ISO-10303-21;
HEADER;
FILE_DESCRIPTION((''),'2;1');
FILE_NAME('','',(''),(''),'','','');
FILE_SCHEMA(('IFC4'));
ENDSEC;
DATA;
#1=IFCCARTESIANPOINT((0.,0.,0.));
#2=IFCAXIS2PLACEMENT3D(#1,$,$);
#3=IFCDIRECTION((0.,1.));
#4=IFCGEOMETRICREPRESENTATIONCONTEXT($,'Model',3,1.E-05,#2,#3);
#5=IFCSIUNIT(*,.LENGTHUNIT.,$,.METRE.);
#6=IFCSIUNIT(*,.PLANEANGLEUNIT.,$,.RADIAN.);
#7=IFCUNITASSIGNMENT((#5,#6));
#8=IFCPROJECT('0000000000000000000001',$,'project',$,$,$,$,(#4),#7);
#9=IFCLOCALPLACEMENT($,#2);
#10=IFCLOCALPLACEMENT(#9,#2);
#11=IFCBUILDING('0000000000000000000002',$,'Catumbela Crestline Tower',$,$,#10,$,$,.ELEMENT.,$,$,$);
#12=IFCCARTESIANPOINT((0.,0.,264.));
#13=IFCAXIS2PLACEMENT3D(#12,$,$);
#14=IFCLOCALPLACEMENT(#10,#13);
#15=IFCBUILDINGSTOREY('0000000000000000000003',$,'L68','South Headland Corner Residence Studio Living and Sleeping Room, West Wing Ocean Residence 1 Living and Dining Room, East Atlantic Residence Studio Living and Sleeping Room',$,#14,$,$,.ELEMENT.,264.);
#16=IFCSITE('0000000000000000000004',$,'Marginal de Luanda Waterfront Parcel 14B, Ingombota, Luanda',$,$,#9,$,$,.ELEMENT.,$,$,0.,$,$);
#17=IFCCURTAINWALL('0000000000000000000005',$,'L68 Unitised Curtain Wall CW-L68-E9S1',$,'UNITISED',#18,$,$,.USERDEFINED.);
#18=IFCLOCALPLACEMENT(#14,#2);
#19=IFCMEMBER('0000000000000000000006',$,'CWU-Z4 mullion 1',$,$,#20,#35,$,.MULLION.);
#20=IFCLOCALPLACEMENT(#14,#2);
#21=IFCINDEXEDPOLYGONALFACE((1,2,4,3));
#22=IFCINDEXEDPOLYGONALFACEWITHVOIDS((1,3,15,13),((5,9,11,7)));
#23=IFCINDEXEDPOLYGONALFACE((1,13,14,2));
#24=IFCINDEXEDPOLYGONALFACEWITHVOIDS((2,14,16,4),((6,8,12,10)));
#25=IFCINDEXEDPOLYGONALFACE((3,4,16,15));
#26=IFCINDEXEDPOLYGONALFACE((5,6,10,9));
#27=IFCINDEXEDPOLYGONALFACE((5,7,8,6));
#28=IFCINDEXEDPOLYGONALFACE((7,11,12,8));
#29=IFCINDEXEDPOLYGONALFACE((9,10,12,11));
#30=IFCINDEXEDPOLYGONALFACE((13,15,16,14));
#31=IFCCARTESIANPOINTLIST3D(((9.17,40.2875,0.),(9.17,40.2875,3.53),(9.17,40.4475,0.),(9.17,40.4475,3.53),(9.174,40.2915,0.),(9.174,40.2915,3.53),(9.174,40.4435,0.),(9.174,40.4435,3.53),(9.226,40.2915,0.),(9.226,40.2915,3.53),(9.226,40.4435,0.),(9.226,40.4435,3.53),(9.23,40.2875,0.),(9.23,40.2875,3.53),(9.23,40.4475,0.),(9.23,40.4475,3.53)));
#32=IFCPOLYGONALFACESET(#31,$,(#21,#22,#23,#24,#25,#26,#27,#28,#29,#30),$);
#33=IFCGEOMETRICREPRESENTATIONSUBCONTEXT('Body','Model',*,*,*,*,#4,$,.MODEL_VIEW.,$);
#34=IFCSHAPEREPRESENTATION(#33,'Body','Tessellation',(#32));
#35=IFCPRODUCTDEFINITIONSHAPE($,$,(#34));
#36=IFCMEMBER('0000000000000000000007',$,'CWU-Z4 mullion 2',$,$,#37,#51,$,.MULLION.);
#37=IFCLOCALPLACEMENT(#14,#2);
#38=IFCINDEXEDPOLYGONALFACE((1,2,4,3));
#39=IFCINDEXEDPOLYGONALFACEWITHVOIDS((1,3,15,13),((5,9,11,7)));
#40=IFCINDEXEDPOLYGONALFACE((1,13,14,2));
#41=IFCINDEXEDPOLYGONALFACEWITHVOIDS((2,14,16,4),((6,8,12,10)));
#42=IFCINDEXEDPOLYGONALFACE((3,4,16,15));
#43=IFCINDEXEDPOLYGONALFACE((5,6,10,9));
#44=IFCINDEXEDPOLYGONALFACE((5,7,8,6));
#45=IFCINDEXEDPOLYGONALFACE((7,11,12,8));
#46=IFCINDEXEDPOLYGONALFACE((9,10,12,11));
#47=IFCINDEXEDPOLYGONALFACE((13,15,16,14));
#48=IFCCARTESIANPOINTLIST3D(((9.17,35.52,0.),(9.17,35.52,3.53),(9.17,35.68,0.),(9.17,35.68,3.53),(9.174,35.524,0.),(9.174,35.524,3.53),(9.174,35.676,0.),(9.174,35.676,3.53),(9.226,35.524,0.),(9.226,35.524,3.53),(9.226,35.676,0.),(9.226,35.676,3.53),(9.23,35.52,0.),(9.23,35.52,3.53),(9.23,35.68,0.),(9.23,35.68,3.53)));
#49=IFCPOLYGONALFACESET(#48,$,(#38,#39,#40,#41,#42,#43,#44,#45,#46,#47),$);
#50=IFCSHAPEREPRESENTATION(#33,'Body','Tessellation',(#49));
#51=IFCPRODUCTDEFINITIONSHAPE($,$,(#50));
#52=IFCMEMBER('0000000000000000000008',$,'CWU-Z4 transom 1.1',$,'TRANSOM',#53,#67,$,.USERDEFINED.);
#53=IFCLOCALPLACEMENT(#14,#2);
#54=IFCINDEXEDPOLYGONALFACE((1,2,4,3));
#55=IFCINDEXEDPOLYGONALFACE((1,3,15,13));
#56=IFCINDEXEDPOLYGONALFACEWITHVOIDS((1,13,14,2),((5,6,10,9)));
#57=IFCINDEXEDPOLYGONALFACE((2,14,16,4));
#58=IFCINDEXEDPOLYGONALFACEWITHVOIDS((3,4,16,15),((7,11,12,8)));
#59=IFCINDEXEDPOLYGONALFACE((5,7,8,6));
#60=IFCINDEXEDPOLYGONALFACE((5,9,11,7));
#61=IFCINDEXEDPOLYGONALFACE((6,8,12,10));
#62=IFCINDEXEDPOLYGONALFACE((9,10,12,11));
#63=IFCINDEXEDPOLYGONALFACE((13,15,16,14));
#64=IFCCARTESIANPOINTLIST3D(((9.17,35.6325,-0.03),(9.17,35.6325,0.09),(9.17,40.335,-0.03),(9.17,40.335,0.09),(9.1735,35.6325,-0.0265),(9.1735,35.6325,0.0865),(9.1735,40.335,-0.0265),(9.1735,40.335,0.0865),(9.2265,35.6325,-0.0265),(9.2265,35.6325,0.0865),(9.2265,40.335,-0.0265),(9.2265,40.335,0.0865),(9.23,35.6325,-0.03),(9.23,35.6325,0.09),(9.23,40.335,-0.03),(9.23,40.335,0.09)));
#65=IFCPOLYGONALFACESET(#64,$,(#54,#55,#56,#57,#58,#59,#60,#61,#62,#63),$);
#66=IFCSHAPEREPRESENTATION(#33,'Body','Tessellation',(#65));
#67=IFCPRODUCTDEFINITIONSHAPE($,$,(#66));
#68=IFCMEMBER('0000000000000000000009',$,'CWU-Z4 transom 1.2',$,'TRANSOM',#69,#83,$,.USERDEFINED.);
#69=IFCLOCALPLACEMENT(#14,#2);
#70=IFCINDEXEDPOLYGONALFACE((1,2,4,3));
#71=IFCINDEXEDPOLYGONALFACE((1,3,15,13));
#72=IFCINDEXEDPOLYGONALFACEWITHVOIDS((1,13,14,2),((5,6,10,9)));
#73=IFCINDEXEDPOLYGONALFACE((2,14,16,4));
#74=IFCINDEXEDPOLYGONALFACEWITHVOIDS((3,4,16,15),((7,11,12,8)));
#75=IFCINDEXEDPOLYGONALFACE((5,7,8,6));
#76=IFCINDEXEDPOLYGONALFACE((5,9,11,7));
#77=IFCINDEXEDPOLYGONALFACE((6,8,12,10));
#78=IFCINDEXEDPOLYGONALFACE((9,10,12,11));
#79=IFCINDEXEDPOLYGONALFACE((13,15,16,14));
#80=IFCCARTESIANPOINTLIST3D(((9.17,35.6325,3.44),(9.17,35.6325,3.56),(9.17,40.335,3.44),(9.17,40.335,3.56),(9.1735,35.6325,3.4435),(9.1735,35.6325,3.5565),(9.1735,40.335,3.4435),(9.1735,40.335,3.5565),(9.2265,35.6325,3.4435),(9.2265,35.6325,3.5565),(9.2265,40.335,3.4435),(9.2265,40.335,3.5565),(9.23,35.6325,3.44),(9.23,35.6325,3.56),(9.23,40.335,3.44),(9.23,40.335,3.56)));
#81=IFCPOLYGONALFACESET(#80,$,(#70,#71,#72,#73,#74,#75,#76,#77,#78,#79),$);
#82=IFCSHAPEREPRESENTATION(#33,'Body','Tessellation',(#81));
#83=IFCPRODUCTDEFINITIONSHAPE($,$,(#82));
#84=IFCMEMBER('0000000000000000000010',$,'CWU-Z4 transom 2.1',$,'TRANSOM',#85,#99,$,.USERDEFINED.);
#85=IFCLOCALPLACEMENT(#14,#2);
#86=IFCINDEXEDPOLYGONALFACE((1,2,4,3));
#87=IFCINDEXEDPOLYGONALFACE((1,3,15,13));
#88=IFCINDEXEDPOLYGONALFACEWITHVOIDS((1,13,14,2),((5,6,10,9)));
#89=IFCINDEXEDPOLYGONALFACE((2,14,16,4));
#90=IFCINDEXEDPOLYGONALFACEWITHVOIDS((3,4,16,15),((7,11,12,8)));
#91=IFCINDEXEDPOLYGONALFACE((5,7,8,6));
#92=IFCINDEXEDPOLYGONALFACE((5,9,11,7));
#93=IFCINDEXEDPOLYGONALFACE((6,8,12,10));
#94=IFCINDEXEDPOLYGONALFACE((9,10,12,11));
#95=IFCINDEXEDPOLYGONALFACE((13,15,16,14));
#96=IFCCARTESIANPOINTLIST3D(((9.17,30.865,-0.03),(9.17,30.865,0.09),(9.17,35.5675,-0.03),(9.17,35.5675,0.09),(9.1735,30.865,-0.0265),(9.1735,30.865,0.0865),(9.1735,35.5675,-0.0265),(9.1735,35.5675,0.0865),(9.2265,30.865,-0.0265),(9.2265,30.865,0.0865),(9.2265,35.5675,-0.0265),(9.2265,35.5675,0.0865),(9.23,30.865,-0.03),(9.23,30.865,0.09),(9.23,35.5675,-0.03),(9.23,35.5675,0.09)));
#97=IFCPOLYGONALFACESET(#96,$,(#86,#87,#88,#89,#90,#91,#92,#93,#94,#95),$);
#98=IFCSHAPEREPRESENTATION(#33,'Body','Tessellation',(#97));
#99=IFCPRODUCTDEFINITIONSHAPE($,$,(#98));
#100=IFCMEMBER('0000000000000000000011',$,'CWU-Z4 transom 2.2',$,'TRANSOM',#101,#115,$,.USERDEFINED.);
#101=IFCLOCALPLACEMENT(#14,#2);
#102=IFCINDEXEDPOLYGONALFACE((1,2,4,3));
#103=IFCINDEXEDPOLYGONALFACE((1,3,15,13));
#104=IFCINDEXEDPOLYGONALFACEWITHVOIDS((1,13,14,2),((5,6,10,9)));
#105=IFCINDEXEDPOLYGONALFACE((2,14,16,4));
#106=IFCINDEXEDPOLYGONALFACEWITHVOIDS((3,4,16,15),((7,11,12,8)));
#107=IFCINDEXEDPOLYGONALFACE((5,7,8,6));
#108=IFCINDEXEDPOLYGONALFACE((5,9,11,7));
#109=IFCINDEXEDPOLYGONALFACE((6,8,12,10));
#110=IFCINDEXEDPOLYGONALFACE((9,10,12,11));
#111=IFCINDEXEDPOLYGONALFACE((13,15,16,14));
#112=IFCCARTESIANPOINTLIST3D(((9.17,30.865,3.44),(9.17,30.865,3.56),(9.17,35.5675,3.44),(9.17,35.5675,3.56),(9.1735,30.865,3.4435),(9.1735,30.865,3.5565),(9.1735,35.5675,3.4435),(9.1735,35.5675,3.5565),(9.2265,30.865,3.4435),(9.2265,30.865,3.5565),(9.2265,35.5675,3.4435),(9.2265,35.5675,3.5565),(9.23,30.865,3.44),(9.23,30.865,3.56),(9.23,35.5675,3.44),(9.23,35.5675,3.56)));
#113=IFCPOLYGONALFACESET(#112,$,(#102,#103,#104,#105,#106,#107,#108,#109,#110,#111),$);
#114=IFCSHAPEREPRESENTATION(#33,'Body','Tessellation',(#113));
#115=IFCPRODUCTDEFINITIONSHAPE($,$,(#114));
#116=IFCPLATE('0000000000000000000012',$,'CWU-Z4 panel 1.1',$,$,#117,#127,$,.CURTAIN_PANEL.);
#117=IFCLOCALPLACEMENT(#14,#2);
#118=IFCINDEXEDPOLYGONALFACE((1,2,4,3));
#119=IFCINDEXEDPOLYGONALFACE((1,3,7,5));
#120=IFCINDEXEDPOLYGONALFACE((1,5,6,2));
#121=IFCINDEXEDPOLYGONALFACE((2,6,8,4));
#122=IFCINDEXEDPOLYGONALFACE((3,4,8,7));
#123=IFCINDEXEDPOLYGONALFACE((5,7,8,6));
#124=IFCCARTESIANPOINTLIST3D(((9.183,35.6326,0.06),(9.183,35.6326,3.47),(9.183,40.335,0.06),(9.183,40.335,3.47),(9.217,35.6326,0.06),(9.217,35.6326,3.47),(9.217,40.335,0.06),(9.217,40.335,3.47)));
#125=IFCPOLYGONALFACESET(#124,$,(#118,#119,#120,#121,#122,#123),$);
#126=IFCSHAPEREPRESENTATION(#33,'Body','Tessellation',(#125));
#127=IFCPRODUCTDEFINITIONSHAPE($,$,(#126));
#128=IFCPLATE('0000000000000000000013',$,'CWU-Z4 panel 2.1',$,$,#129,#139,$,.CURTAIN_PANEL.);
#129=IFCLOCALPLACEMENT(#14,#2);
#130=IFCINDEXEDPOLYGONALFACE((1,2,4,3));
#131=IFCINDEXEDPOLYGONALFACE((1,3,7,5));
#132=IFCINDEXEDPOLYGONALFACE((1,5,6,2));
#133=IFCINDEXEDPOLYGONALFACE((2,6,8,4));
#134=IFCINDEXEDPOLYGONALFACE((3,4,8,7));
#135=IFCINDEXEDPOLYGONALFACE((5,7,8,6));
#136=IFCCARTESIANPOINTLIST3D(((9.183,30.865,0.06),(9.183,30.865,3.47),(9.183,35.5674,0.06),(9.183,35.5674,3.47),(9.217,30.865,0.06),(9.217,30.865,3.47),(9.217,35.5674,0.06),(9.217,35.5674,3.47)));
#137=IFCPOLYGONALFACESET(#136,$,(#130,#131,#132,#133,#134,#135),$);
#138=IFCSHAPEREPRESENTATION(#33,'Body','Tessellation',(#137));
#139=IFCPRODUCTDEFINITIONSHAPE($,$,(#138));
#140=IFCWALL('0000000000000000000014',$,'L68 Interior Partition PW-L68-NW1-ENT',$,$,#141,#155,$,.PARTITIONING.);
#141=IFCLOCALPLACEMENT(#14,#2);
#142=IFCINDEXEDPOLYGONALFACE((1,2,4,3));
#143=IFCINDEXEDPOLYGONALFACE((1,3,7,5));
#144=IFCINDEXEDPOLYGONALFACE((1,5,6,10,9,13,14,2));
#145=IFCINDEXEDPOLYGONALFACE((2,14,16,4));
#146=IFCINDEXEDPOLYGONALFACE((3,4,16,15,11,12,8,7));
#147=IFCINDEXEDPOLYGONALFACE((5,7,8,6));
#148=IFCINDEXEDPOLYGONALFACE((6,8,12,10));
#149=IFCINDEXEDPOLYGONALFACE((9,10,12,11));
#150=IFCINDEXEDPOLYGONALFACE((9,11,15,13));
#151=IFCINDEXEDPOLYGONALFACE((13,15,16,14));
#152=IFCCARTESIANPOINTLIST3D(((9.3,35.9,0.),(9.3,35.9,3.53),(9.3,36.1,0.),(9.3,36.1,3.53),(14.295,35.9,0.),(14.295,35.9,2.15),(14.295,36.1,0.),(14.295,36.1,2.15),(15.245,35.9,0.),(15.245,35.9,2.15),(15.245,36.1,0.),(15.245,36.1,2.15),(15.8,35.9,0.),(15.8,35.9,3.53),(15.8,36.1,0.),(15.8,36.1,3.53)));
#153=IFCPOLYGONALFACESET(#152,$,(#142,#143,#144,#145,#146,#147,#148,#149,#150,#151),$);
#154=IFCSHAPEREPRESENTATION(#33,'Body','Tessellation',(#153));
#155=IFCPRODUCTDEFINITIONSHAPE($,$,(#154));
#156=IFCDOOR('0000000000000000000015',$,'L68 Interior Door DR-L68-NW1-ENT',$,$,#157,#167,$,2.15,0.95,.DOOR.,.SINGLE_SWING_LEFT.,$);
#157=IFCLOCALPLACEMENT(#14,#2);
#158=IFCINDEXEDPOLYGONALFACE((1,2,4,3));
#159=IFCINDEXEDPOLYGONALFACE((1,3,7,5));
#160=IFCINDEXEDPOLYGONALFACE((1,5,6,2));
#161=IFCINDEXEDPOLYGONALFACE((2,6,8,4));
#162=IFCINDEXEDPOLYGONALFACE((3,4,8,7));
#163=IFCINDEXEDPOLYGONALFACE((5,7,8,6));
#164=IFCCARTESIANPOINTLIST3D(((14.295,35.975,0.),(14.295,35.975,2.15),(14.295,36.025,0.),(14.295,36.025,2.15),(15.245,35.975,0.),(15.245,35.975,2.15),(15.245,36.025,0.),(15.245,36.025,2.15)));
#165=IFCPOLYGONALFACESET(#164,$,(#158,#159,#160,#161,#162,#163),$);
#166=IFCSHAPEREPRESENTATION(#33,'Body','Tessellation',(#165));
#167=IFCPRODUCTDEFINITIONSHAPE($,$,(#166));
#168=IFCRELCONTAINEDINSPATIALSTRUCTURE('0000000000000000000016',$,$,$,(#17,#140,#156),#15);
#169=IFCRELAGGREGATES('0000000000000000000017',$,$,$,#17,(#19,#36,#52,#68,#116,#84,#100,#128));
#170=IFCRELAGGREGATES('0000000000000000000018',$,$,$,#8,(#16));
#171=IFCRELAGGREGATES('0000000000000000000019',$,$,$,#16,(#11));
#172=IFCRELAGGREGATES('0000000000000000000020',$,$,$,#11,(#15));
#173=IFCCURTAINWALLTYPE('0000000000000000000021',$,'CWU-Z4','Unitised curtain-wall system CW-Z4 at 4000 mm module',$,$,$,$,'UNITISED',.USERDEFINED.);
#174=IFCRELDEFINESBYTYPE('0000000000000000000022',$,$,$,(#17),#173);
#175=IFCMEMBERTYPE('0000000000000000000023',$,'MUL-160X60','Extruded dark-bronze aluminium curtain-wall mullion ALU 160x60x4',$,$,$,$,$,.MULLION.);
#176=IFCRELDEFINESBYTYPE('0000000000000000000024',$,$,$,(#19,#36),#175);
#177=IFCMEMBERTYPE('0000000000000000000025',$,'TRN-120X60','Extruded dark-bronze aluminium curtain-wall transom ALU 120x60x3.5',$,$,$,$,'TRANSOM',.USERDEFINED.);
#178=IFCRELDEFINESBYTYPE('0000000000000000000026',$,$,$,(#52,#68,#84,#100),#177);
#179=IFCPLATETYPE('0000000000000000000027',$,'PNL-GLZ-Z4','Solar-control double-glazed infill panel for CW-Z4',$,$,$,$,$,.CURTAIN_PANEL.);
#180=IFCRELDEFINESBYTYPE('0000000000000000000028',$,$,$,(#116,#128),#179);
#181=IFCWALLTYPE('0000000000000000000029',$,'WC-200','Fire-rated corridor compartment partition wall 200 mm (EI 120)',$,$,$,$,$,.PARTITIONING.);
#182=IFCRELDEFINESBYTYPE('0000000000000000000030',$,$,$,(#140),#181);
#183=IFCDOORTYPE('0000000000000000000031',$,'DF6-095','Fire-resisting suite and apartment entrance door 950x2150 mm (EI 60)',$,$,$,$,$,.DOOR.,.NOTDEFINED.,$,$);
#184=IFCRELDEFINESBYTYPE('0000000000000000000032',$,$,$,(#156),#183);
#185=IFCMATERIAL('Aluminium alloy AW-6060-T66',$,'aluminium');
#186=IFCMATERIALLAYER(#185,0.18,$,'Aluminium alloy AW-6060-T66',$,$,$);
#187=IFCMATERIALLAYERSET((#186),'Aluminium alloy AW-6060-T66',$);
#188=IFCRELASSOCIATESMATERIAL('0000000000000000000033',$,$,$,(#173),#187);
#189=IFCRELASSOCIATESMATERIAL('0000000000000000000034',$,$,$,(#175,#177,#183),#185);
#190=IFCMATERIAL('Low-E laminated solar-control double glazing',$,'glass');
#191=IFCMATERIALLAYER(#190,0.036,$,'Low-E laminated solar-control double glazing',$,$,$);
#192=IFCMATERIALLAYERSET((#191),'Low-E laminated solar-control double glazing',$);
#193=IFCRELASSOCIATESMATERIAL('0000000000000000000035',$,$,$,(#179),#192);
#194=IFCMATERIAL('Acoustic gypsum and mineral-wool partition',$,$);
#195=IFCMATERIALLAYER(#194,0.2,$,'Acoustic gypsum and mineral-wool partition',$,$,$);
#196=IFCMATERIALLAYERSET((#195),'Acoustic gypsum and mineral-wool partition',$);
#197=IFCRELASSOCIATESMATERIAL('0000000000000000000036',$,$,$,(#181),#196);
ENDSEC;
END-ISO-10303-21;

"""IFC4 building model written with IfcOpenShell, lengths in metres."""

from ifc_helpers import new_model, si_unit, direction, frame, frame_2d, origin, origin_2d, place, context, subcontext, project, spatial, rectangle, hollow_rectangle, extrude, material, layer, layer_set, material_profile, profile_set, type_object, element, fill, aggregate, save


model = new_model("IFC4")

# Units and contexts
model_context = context("Model", 3, precision=1e-05, world=origin(), true_north=direction((0.0, 1.0)))
body_context = subcontext(model_context, "Body", "Model", "MODEL_VIEW")
ifc_project = project(units=[si_unit("LENGTHUNIT", "METRE"), si_unit("PLANEANGLEUNIT", "RADIAN")], contexts=[model_context])

# Site, building, storey
site_placement = place(None, origin())
site = spatial("IfcSite", under=ifc_project, at=site_placement, Name="Marginal de Luanda Waterfront Parcel 14B, Ingombota, Luanda", CompositionType="ELEMENT", RefElevation=0.0)
building_placement = place(site_placement, origin())
building = spatial("IfcBuilding", under=site, at=building_placement, Name="Catumbela Crestline Tower", CompositionType="ELEMENT")
storey_placement = place(building_placement, frame((0.0, 0.0, 264.0)))
storey = spatial("IfcBuildingStorey", under=building, at=storey_placement, Name="L68", Description="South Headland Corner Residence Studio Living and Sleeping Room, West Wing Ocean Residence 1 Living and Dining Room, East Atlantic Residence Studio Living and Sleeping Room", CompositionType="ELEMENT", Elevation=264.0)

# Curtain wall, members, plates
ifc_material_1 = material(Name="Aluminium alloy AW-6060-T66", Category="aluminium")
ifc_layer_1 = layer(ifc_material_1, 0.18, Name="Aluminium alloy AW-6060-T66")
ifc_layer_set_1 = layer_set([ifc_layer_1], Name="Aluminium alloy AW-6060-T66")
curtain_wall_type = type_object("IfcCurtainWallType", Name="CWU-Z4", Description="Unitised curtain-wall system CW-Z4 at 4000 mm module", ElementType="UNITISED", PredefinedType="USERDEFINED", material=ifc_layer_set_1)
curtain_wall_placement = place(storey_placement, origin())
curtain_wall = element("IfcCurtainWall", 1, at=curtain_wall_placement, inside=storey, type_object=curtain_wall_type, Name="L68 Unitised Curtain Wall CW-L68-E9S1", ObjectType="UNITISED", PredefinedType="USERDEFINED")
ifc_material_profile_1 = material_profile(ifc_material_1, hollow_rectangle(XDim=0.06, YDim=0.16, WallThickness=0.004, at=origin_2d()), Name="ALU 160x60x4")
ifc_profile_set_1 = profile_set([ifc_material_profile_1], Name="Aluminium alloy AW-6060-T66")
member_type_1 = type_object("IfcMemberType", Name="MUL-160X60", Description="Extruded dark-bronze aluminium curtain-wall mullion ALU 160x60x4", PredefinedType="MULLION", material=ifc_profile_set_1)
member_1_placement = place(storey_placement, frame((9.2, 40.3675, 0.0), z_axis=(0.0, 0.0, 1.0), x_axis=(1.0, 0.0, 0.0)))
member_1 = element("IfcMember", 2, at=member_1_placement, type_object=member_type_1, Name="CWU-Z4 mullion 1", PredefinedType="MULLION", context=body_context, shape_type="SweptSolid", body=[
    extrude(hollow_rectangle(XDim=0.06, YDim=0.16, WallThickness=0.004, at=origin_2d()), origin(), (0.0, 0.0, 1.0), 3.53),
])
member_2_placement = place(storey_placement, frame((9.2, 35.6, 0.0), z_axis=(0.0, 0.0, 1.0), x_axis=(1.0, 0.0, 0.0)))
member_2 = element("IfcMember", 3, at=member_2_placement, type_object=member_type_1, Name="CWU-Z4 mullion 2", PredefinedType="MULLION", context=body_context, shape_type="SweptSolid", body=[
    extrude(hollow_rectangle(XDim=0.06, YDim=0.16, WallThickness=0.004, at=origin_2d()), origin(), (0.0, 0.0, 1.0), 3.53),
])
ifc_material_profile_2 = material_profile(ifc_material_1, hollow_rectangle(XDim=0.06, YDim=0.12, WallThickness=0.0035, at=origin_2d()), Name="ALU 120x60x3.5")
ifc_profile_set_2 = profile_set([ifc_material_profile_2], Name="Aluminium alloy AW-6060-T66")
member_type_2 = type_object("IfcMemberType", Name="TRN-120X60", Description="Extruded dark-bronze aluminium curtain-wall transom ALU 120x60x3.5", ElementType="TRANSOM", PredefinedType="USERDEFINED", material=ifc_profile_set_2)
member_3_placement = place(storey_placement, frame((9.2, 40.335, 0.03), z_axis=(0.0, -1.0, 0.0), x_axis=(1.0, 0.0, 0.0)))
member_3 = element("IfcMember", 4, at=member_3_placement, type_object=member_type_2, Name="CWU-Z4 transom 1.1", ObjectType="TRANSOM", PredefinedType="USERDEFINED", context=body_context, shape_type="SweptSolid", body=[
    extrude(hollow_rectangle(XDim=0.06, YDim=0.12, WallThickness=0.0035, at=origin_2d()), origin(), (0.0, 0.0, 1.0), 4.7025),
])
member_4_placement = place(storey_placement, frame((9.2, 40.335, 3.5), z_axis=(0.0, -1.0, 0.0), x_axis=(1.0, 0.0, 0.0)))
member_4 = element("IfcMember", 5, at=member_4_placement, type_object=member_type_2, Name="CWU-Z4 transom 1.2", ObjectType="TRANSOM", PredefinedType="USERDEFINED", context=body_context, shape_type="SweptSolid", body=[
    extrude(hollow_rectangle(XDim=0.06, YDim=0.12, WallThickness=0.0035, at=origin_2d()), origin(), (0.0, 0.0, 1.0), 4.7025),
])
member_5_placement = place(storey_placement, frame((9.2, 35.5675, 0.03), z_axis=(0.0, -1.0, 0.0), x_axis=(1.0, 0.0, 0.0)))
member_5 = element("IfcMember", 6, at=member_5_placement, type_object=member_type_2, Name="CWU-Z4 transom 2.1", ObjectType="TRANSOM", PredefinedType="USERDEFINED", context=body_context, shape_type="SweptSolid", body=[
    extrude(hollow_rectangle(XDim=0.06, YDim=0.12, WallThickness=0.0035, at=origin_2d()), origin(), (0.0, 0.0, 1.0), 4.7025),
])
member_6_placement = place(storey_placement, frame((9.2, 35.5675, 3.5), z_axis=(0.0, -1.0, 0.0), x_axis=(1.0, 0.0, 0.0)))
member_6 = element("IfcMember", 7, at=member_6_placement, type_object=member_type_2, Name="CWU-Z4 transom 2.2", ObjectType="TRANSOM", PredefinedType="USERDEFINED", context=body_context, shape_type="SweptSolid", body=[
    extrude(hollow_rectangle(XDim=0.06, YDim=0.12, WallThickness=0.0035, at=origin_2d()), origin(), (0.0, 0.0, 1.0), 4.7025),
])
ifc_material_2 = material(Name="Low-E laminated solar-control double glazing", Category="glass")
ifc_layer_2 = layer(ifc_material_2, 0.036, Name="Low-E laminated solar-control double glazing")
ifc_layer_set_2 = layer_set([ifc_layer_2], Name="Low-E laminated solar-control double glazing")
plate_type = type_object("IfcPlateType", Name="PNL-GLZ-Z4", Description="Solar-control double-glazed infill panel for CW-Z4", PredefinedType="CURTAIN_PANEL", material=ifc_layer_set_2)
plate_1_placement = place(storey_placement, frame((9.2, 37.9838, 0.06), z_axis=(0.0, 0.0, 1.0), x_axis=(0.0, -1.0, 0.0)))
plate_1 = element("IfcPlate", 8, at=plate_1_placement, type_object=plate_type, Name="CWU-Z4 panel 1.1", PredefinedType="CURTAIN_PANEL", context=body_context, shape_type="SweptSolid", body=[
    extrude(rectangle(XDim=4.7025, YDim=0.034, at=origin_2d()), origin(), (0.0, 0.0, 1.0), 3.41),
])
plate_2_placement = place(storey_placement, frame((9.2, 33.2162, 0.06), z_axis=(0.0, 0.0, 1.0), x_axis=(0.0, -1.0, 0.0)))
plate_2 = element("IfcPlate", 9, at=plate_2_placement, type_object=plate_type, Name="CWU-Z4 panel 2.1", PredefinedType="CURTAIN_PANEL", context=body_context, shape_type="SweptSolid", body=[
    extrude(rectangle(XDim=4.7025, YDim=0.034, at=origin_2d()), origin(), (0.0, 0.0, 1.0), 3.41),
])
aggregate(curtain_wall, [member_1, member_2, member_3, member_4, plate_1, member_5, member_6, plate_2])

# Wall, opening, door
ifc_material_3 = material(Name="Acoustic gypsum and mineral-wool partition")
ifc_layer_3 = layer(ifc_material_3, 0.2, Name="Acoustic gypsum and mineral-wool partition")
ifc_layer_set_3 = layer_set([ifc_layer_3], Name="Acoustic gypsum and mineral-wool partition")
wall_type_1 = type_object("IfcWallType", Name="WC-200", Description="Fire-rated corridor compartment partition wall 200 mm (EI 120)", PredefinedType="PARTITIONING", material=ifc_layer_set_3)
wall_1_placement = place(storey_placement, frame((9.3, 36.0, 0.0), z_axis=(0.0, 0.0, 1.0), x_axis=(1.0, 0.0, 0.0)))
wall_1 = element("IfcWall", 10, at=wall_1_placement, inside=storey, type_object=wall_type_1, Name="L68 Interior Partition PW-L68-NW1-ENT", PredefinedType="PARTITIONING", context=body_context, shape_type="SweptSolid", body=[
    extrude(rectangle(XDim=6.5, YDim=0.2, at=frame_2d((3.25, 0.0))), origin(), (0.0, 0.0, 1.0), 3.53),
])
opening_1_placement = place(wall_1_placement, frame((4.995, 0.0, 0.0)))
opening_1 = element("IfcOpeningElement", 11, at=opening_1_placement, cuts=wall_1, PredefinedType="OPENING", context=body_context, shape_type="SweptSolid", body=[
    extrude(rectangle(XDim=0.95, YDim=2.15, at=frame_2d((0.475, 1.075))), frame((0.0, 0.11, 0.0), z_axis=(0.0, -1.0, 0.0), x_axis=(1.0, 0.0, 0.0)), (0.0, 0.0, 1.0), 0.22),
])
door_type_1 = type_object("IfcDoorType", Name="DF6-095", Description="Fire-resisting suite and apartment entrance door 950x2150 mm (EI 60)", OperationType="NOTDEFINED", PredefinedType="DOOR", material=ifc_material_1)
door_1_placement = place(opening_1_placement, origin())
door_1 = element("IfcDoor", 12, at=door_1_placement, inside=storey, type_object=door_type_1, Name="L68 Interior Door DR-L68-NW1-ENT", OperationType="SINGLE_SWING_LEFT", OverallHeight=2.15, OverallWidth=0.95, PredefinedType="DOOR", context=body_context, shape_type="SweptSolid", body=[
    extrude(rectangle(XDim=0.95, YDim=2.15, at=frame_2d((0.475, 1.075))), frame((0.0, 0.025, 0.0), z_axis=(0.0, -1.0, 0.0), x_axis=(1.0, 0.0, 0.0)), (0.0, 0.0, 1.0), 0.05),
])
fill(opening_1, door_1)

save(model, "model.ifc")
